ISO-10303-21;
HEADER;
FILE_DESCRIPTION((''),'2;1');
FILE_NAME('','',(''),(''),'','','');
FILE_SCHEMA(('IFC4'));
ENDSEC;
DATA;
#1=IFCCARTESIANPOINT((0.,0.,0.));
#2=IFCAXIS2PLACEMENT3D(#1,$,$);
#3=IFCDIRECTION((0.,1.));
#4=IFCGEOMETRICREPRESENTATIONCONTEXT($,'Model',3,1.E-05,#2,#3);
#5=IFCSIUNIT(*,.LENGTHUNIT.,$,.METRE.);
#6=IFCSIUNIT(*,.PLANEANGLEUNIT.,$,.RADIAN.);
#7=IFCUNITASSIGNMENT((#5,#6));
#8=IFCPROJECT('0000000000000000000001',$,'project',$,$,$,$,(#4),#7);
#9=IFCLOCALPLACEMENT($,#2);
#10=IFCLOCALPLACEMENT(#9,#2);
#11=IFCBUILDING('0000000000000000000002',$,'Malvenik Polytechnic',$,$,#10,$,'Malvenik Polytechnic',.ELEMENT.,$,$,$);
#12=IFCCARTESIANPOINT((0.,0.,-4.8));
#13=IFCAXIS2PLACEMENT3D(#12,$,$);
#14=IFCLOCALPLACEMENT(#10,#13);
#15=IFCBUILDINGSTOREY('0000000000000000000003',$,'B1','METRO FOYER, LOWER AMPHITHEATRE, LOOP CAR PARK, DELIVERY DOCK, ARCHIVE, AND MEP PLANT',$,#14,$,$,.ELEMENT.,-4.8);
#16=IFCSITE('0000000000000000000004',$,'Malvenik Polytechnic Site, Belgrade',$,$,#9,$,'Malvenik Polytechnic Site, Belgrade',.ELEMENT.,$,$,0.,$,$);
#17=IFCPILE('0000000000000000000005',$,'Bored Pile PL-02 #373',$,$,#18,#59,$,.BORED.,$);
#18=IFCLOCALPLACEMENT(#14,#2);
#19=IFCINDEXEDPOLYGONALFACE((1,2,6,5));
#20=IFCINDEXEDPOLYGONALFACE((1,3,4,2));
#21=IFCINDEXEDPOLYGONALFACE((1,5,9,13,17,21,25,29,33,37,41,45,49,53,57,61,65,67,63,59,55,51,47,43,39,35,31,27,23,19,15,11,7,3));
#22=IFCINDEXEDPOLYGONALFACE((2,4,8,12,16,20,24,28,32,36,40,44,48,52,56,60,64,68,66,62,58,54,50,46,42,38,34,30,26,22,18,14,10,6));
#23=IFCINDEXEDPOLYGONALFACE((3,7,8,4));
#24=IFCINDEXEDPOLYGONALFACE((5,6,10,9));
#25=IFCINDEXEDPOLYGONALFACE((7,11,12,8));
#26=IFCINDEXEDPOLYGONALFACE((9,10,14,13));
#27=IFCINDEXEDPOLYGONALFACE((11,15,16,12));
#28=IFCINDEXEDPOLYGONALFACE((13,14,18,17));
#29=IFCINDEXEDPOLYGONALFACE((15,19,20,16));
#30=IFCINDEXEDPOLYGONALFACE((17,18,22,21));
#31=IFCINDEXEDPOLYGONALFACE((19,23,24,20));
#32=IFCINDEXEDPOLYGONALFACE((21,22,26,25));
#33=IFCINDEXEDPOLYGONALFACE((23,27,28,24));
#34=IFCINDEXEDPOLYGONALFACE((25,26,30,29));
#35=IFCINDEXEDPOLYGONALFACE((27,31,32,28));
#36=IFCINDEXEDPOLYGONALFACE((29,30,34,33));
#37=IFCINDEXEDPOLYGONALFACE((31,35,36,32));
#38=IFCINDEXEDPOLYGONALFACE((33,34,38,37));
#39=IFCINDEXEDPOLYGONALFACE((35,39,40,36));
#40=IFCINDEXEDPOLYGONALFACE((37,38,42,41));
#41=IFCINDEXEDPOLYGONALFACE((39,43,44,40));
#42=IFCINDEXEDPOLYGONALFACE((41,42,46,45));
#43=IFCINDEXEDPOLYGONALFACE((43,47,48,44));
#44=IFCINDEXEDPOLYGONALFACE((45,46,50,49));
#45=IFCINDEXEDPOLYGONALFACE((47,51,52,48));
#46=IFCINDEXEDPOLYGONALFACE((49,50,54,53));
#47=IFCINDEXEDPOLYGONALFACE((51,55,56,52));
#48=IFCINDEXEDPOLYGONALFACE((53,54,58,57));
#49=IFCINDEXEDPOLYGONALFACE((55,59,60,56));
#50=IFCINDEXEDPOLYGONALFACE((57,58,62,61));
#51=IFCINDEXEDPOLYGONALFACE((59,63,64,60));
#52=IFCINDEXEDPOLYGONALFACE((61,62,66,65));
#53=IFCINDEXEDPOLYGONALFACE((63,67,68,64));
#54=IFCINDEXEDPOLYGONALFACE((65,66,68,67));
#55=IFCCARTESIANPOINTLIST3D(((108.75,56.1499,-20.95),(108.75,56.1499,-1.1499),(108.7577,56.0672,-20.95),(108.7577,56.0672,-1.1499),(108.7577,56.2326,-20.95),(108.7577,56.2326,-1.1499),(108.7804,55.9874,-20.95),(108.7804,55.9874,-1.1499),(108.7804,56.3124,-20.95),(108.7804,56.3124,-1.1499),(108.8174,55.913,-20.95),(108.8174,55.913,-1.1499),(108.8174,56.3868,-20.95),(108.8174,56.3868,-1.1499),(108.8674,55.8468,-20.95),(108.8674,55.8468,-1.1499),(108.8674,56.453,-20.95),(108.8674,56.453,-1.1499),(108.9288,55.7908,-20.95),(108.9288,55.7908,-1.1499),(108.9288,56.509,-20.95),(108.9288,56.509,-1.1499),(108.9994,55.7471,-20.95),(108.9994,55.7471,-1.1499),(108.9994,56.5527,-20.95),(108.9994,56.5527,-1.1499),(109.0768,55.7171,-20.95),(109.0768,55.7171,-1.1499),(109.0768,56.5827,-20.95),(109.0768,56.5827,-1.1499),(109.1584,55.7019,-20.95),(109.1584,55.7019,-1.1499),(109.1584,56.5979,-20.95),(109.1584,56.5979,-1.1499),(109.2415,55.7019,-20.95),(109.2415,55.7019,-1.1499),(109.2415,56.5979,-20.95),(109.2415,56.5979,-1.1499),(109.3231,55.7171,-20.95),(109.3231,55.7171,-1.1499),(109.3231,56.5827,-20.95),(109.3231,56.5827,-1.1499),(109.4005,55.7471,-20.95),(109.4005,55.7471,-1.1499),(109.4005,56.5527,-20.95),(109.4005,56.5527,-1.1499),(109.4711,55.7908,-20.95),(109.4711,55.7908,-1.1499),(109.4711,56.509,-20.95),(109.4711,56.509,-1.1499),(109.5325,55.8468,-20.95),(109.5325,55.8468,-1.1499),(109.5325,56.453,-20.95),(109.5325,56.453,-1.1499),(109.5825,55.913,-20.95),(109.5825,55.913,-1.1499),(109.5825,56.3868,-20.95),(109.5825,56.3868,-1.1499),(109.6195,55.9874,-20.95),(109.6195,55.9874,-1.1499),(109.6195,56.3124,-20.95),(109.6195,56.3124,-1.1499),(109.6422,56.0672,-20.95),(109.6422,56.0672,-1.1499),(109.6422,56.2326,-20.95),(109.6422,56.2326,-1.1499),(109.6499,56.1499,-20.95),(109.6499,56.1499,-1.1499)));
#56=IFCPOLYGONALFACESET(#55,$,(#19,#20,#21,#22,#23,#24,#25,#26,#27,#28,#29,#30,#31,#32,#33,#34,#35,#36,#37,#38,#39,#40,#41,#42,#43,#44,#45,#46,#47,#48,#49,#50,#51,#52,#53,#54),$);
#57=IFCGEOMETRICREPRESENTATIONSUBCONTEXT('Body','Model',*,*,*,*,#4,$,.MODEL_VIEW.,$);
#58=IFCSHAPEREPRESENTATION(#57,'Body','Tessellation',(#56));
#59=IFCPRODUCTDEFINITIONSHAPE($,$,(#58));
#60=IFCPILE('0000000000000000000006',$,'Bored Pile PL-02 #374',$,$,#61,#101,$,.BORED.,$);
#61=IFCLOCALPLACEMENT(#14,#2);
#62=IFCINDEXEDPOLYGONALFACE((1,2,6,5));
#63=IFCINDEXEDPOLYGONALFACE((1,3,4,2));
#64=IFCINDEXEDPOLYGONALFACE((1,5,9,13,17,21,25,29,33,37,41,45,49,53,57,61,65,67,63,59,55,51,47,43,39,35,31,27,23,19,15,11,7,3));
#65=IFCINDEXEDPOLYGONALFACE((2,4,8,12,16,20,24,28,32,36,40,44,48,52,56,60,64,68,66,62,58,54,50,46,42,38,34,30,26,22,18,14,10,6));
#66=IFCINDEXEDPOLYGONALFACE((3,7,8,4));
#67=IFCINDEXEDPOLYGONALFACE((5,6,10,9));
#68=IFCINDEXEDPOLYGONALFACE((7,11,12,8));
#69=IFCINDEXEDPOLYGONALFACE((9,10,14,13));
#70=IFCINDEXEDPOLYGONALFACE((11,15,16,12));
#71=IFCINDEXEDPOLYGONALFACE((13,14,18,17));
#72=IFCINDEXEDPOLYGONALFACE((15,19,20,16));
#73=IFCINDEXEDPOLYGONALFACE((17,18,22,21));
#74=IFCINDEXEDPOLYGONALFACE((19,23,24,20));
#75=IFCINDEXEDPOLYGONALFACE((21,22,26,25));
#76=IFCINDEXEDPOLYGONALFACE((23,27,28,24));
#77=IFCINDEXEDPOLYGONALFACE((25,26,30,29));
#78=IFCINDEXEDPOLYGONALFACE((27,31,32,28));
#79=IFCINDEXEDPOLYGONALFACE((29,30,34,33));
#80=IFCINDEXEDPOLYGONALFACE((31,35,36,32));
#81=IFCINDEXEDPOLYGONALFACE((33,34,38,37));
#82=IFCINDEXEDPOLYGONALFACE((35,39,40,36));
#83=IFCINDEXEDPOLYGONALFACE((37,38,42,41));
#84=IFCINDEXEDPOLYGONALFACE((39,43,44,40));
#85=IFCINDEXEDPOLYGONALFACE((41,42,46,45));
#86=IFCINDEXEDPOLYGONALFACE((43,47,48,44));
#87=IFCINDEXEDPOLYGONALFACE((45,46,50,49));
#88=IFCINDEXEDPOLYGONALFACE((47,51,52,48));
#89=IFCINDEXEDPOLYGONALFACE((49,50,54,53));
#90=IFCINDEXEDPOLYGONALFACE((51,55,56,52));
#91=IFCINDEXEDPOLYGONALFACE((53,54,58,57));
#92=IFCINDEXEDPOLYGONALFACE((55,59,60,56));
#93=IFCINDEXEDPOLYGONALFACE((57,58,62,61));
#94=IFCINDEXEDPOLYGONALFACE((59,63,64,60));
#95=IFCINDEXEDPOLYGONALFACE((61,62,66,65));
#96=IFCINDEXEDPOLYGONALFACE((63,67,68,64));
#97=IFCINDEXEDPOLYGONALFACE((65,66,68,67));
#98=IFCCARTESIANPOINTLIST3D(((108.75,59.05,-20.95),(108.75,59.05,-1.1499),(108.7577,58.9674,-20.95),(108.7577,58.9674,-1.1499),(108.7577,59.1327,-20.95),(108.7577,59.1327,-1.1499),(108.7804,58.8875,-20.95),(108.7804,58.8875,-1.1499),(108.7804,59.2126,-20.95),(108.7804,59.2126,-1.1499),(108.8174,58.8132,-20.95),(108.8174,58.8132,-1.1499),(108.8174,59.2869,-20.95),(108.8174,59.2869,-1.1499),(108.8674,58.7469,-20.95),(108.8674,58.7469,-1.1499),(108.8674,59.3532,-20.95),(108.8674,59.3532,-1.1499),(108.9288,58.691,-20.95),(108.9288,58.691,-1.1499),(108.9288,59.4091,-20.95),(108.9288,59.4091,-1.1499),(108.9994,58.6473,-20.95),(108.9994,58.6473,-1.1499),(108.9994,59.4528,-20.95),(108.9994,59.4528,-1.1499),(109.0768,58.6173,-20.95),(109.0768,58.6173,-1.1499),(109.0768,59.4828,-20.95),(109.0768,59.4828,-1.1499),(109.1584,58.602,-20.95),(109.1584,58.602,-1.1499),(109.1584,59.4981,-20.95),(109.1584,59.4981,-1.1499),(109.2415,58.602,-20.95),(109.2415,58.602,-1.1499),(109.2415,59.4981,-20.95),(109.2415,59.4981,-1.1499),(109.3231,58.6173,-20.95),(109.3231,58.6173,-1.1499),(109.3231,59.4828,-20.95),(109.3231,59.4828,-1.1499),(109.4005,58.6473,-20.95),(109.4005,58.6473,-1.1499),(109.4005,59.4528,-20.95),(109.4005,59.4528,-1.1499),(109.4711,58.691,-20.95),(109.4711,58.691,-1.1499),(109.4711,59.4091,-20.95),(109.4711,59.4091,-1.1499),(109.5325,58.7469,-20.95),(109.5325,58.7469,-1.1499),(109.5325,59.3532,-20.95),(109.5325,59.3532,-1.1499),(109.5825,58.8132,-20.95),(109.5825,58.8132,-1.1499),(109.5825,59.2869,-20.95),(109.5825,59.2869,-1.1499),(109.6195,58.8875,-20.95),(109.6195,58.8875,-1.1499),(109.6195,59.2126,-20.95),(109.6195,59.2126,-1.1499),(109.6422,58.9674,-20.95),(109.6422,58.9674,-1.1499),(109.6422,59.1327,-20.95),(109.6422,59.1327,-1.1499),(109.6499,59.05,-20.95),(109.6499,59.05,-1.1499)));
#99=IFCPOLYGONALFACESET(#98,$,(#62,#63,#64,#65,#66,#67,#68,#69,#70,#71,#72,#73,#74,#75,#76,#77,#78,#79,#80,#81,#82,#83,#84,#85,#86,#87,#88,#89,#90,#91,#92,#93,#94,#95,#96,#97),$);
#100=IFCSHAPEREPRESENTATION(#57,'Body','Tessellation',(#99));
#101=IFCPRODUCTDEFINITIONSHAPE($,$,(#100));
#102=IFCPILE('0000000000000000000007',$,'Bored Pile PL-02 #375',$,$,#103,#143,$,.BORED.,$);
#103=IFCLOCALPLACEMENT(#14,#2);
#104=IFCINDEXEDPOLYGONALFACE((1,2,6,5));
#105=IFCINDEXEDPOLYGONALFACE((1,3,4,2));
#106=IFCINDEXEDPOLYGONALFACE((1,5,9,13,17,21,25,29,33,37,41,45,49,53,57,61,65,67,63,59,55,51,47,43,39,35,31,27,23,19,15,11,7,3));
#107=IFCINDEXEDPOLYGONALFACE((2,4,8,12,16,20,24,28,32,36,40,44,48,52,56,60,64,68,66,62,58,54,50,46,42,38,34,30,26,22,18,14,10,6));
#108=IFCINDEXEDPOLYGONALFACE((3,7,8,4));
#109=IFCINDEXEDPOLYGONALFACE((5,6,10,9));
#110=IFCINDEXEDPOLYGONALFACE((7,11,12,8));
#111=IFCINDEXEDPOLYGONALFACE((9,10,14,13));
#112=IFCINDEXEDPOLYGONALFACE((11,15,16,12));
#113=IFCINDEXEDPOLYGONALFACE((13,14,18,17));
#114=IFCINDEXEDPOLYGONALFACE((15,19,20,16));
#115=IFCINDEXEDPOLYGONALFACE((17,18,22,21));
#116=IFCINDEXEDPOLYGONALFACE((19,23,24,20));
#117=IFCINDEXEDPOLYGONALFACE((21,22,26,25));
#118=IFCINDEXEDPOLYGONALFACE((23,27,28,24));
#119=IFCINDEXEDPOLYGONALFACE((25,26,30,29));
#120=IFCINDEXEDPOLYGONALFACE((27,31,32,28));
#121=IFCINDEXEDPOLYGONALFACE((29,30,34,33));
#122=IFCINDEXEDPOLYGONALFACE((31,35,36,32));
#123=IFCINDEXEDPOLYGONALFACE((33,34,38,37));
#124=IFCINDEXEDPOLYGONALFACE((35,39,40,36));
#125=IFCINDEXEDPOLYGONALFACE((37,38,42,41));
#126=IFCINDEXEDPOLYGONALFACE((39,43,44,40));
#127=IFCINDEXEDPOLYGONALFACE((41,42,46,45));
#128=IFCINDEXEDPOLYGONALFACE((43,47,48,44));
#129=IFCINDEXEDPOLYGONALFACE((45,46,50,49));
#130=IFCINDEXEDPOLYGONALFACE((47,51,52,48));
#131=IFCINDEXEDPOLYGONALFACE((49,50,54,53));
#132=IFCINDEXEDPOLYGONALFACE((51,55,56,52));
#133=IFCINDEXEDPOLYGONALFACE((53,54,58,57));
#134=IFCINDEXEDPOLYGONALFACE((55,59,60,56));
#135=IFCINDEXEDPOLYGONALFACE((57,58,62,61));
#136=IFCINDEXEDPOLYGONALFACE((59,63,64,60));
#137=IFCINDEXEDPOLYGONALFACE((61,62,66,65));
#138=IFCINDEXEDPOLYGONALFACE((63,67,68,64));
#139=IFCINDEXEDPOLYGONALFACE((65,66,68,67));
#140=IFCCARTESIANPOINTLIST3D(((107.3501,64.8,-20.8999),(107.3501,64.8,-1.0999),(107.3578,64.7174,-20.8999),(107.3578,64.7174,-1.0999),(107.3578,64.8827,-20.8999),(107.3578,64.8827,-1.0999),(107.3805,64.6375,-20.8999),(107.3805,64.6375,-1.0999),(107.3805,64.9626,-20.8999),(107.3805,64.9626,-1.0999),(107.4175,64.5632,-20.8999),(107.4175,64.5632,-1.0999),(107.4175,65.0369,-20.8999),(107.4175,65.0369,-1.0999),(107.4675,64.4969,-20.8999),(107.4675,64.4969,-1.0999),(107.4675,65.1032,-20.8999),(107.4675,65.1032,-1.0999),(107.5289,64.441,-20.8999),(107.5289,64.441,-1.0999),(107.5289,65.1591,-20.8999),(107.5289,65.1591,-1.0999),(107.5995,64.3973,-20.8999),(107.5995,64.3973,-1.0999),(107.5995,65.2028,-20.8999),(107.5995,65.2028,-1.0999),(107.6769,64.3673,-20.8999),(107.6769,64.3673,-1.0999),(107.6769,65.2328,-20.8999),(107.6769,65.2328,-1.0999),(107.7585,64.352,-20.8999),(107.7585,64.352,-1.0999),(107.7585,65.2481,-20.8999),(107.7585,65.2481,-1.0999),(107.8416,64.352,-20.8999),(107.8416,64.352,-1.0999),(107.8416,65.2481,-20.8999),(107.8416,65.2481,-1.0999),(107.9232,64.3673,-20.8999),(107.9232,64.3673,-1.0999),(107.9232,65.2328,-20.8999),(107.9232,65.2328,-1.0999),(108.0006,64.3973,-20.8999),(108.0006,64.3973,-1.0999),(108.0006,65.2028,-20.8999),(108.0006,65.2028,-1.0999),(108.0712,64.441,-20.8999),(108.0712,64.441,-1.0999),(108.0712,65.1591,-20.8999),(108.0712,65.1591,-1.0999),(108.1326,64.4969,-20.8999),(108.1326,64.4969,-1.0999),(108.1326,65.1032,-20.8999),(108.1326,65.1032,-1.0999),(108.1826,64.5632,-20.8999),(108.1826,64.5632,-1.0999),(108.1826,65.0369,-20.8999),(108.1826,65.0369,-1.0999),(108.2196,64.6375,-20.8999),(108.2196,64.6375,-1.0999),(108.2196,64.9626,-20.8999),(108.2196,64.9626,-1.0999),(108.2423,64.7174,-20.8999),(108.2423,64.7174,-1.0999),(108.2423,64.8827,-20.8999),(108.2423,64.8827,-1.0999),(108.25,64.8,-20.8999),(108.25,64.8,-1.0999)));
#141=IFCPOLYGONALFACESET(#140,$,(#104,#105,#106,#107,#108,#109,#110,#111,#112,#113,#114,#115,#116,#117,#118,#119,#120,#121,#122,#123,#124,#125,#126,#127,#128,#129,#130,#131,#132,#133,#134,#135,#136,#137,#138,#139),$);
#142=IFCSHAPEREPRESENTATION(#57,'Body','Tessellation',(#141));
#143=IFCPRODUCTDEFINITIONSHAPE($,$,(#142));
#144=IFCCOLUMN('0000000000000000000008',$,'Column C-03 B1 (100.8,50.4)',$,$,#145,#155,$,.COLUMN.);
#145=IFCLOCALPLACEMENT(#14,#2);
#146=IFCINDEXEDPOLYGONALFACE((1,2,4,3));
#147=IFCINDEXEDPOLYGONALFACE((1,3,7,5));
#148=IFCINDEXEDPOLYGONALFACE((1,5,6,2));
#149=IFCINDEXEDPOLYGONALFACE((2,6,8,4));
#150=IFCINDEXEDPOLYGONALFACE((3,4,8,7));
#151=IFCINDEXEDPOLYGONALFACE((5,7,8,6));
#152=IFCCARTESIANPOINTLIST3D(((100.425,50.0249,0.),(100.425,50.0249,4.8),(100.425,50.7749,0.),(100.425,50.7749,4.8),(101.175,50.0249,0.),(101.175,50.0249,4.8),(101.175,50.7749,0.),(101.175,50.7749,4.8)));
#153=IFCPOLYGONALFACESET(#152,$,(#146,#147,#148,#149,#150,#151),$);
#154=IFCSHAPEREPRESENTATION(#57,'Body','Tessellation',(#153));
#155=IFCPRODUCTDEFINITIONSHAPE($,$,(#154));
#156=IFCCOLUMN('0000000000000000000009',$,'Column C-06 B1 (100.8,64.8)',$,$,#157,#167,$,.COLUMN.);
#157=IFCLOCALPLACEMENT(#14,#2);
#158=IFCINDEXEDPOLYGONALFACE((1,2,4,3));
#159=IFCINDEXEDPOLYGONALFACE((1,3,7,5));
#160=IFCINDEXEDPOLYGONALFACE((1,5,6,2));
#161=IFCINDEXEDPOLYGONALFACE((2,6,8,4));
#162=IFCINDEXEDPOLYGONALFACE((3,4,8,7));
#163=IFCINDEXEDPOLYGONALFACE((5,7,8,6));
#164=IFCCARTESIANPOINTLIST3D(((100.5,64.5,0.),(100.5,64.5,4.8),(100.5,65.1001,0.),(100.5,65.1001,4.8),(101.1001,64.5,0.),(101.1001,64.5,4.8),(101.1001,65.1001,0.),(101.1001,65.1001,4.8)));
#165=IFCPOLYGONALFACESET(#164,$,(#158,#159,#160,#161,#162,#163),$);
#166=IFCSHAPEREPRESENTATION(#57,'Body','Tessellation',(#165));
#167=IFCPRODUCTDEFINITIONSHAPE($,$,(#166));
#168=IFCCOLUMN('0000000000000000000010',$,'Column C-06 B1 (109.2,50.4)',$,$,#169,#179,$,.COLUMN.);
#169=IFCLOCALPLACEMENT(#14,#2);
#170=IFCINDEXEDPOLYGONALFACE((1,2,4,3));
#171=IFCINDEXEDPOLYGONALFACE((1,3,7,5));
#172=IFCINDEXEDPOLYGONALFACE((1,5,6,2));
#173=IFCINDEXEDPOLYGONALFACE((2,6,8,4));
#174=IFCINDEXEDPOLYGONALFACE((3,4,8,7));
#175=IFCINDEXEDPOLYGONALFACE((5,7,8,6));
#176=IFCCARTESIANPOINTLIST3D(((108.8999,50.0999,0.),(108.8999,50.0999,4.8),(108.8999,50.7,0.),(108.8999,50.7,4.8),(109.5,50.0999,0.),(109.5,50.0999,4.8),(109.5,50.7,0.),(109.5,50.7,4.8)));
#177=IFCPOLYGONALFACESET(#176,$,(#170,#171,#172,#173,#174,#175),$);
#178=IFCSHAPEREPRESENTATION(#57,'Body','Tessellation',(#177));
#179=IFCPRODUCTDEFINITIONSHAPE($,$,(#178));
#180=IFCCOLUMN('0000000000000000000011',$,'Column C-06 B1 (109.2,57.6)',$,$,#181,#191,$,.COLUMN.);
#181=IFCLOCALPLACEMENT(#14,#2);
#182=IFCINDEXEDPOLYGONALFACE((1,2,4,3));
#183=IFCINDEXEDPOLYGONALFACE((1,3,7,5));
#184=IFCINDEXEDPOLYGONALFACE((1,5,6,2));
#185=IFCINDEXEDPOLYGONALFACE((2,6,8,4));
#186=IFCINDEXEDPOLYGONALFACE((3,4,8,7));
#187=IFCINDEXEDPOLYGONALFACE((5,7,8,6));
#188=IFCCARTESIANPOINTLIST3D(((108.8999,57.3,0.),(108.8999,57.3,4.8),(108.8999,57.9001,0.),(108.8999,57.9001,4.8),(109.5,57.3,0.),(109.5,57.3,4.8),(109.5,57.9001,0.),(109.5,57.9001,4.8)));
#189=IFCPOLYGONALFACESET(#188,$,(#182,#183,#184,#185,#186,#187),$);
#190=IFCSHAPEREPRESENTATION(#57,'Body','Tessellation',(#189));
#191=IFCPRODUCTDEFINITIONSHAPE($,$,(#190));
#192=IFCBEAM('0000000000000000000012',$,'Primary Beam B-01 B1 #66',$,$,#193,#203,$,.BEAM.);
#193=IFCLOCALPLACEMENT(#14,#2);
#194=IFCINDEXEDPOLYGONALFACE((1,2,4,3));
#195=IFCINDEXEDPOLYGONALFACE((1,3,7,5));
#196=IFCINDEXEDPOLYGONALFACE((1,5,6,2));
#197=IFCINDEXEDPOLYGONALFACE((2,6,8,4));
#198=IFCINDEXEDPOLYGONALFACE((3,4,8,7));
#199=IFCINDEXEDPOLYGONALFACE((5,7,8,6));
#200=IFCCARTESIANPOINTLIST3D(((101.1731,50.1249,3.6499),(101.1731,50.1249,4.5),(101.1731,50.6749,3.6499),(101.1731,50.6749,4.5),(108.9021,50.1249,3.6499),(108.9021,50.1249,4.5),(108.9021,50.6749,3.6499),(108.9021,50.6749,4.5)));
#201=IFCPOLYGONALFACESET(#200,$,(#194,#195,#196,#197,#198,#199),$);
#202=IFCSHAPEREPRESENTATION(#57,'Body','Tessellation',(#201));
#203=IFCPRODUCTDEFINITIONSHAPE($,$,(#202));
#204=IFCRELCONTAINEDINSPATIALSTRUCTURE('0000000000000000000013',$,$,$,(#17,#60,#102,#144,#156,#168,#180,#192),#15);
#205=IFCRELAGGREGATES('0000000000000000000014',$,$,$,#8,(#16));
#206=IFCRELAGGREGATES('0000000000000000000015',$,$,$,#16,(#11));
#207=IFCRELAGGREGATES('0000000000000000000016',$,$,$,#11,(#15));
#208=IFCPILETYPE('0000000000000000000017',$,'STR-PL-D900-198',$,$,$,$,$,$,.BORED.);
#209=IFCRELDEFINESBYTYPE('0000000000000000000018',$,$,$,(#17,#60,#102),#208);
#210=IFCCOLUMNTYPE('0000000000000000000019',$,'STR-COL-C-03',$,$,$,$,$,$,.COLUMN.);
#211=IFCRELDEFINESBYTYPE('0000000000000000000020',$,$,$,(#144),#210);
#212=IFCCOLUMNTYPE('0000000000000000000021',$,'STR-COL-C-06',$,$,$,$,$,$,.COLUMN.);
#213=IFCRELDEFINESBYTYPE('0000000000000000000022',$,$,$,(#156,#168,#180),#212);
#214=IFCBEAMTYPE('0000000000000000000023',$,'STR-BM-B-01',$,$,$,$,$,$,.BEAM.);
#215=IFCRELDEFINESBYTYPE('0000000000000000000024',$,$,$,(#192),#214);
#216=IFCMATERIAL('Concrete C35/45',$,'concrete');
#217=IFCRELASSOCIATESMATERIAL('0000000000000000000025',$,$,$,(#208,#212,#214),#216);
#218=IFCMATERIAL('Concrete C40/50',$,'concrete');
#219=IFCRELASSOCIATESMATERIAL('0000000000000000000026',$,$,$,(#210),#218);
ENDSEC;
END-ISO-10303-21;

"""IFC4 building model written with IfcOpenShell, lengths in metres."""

from ifc_helpers import new_model, si_unit, direction, frame, origin, origin_2d, place, context, subcontext, project, spatial, rectangle, circle, extrude, material, material_profile, profile_set, type_object, element, save


model = new_model("IFC4")

# Units and contexts
model_context = context("Model", 3, precision=1e-05, world=origin(), true_north=direction((0.0, 1.0)))
body_context = subcontext(model_context, "Body", "Model", "MODEL_VIEW")
ifc_project = project(units=[si_unit("LENGTHUNIT", "METRE"), si_unit("PLANEANGLEUNIT", "RADIAN")], contexts=[model_context])

# Site, building, storey
site_placement = place(None, origin())
site = spatial("IfcSite", under=ifc_project, at=site_placement, Name="Malvenik Polytechnic Site, Belgrade", LongName="Malvenik Polytechnic Site, Belgrade", CompositionType="ELEMENT", RefElevation=0.0)
building_placement = place(site_placement, origin())
building = spatial("IfcBuilding", under=site, at=building_placement, Name="Malvenik Polytechnic", LongName="Malvenik Polytechnic", CompositionType="ELEMENT")
storey_placement = place(building_placement, frame((0.0, 0.0, -4.8)))
storey = spatial("IfcBuildingStorey", under=building, at=storey_placement, Name="B1", Description="METRO FOYER, LOWER AMPHITHEATRE, LOOP CAR PARK, DELIVERY DOCK, ARCHIVE, AND MEP PLANT", CompositionType="ELEMENT", Elevation=-4.8)

# Shared definitions
ifc_material_1 = material(Name="Concrete C35/45", Category="concrete")

# Piles
ifc_material_profile_1 = material_profile(ifc_material_1, circle(Radius=0.45, at=origin_2d()), Name="BORED PILE D900")
ifc_profile_set_1 = profile_set([ifc_material_profile_1], Name="Concrete C35/45")
pile_type = type_object("IfcPileType", Name="STR-PL-D900-198", PredefinedType="BORED", material=ifc_profile_set_1)
for number, where, z_axis, x_axis, name in (
    (1, (109.2, 56.1499, -1.1499), (0.0, 0.0, -1.0), (1.0, 0.0, 0.0), "Bored Pile PL-02 #373"),
    (2, (109.2, 59.05, -1.1499), (0.0, 0.0, -1.0), (1.0, 0.0, 0.0), "Bored Pile PL-02 #374"),
    (3, (107.8, 64.8, -1.0999), (0.0, 0.0, -1.0), (1.0, 0.0, 0.0), "Bored Pile PL-02 #375"),
):
    element("IfcPile", number, at=place(storey_placement, frame(where, z_axis=z_axis, x_axis=x_axis)), inside=storey, type_object=pile_type, Name=name, PredefinedType="BORED", context=body_context, shape_type="SweptSolid", body=[
        extrude(circle(Radius=0.45, at=origin_2d()), origin(), (0.0, 0.0, 1.0), 19.8),
    ])

# Columns
ifc_material_2 = material(Name="Concrete C40/50", Category="concrete")
ifc_material_profile_2 = material_profile(ifc_material_2, rectangle(XDim=0.75, YDim=0.75, at=origin_2d()), Name="RC COL 750x750")
ifc_profile_set_2 = profile_set([ifc_material_profile_2], Name="Concrete C40/50")
column_type_1 = type_object("IfcColumnType", Name="STR-COL-C-03", PredefinedType="COLUMN", material=ifc_profile_set_2)
column_placement = place(storey_placement, frame((100.8, 50.3999, 0.0), z_axis=(0.0, 0.0, 1.0), x_axis=(1.0, 0.0, 0.0)))
element("IfcColumn", 4, at=column_placement, inside=storey, type_object=column_type_1, Name="Column C-03 B1 (100.8,50.4)", PredefinedType="COLUMN", context=body_context, shape_type="SweptSolid", body=[
    extrude(rectangle(XDim=0.75, YDim=0.75, at=origin_2d()), origin(), (0.0, 0.0, 1.0), 4.8),
])
ifc_material_profile_3 = material_profile(ifc_material_1, rectangle(XDim=0.6001, YDim=0.6001, at=origin_2d()), Name="RC COL 600x600")
ifc_profile_set_3 = profile_set([ifc_material_profile_3], Name="Concrete C35/45")
column_type_2 = type_object("IfcColumnType", Name="STR-COL-C-06", PredefinedType="COLUMN", material=ifc_profile_set_3)
for number, where, z_axis, x_axis, name in (
    (5, (100.8, 64.8, 0.0), (0.0, 0.0, 1.0), (1.0, 0.0, 0.0), "Column C-06 B1 (100.8,64.8)"),
    (6, (109.2, 50.3999, 0.0), (0.0, 0.0, 1.0), (1.0, 0.0, 0.0), "Column C-06 B1 (109.2,50.4)"),
    (7, (109.2, 57.6001, 0.0), (0.0, 0.0, 1.0), (1.0, 0.0, 0.0), "Column C-06 B1 (109.2,57.6)"),
):
    element("IfcColumn", number, at=place(storey_placement, frame(where, z_axis=z_axis, x_axis=x_axis)), inside=storey, type_object=column_type_2, Name=name, PredefinedType="COLUMN", context=body_context, shape_type="SweptSolid", body=[
        extrude(rectangle(XDim=0.6001, YDim=0.6001, at=origin_2d()), origin(), (0.0, 0.0, 1.0), 4.8),
    ])

# Beam
ifc_material_profile_4 = material_profile(ifc_material_1, rectangle(XDim=0.55, YDim=0.8501, at=origin_2d()), Name="RC BM 550x850")
ifc_profile_set_4 = profile_set([ifc_material_profile_4], Name="Concrete C35/45")
beam_type_1 = type_object("IfcBeamType", Name="STR-BM-B-01", PredefinedType="BEAM", material=ifc_profile_set_4)
beam_1_placement = place(storey_placement, frame((101.1731, 50.3999, 4.075), z_axis=(1.0, 0.0, 0.0), x_axis=(0.0, 1.0, 0.0)))
element("IfcBeam", 8, at=beam_1_placement, inside=storey, type_object=beam_type_1, Name="Primary Beam B-01 B1 #66", PredefinedType="BEAM", context=body_context, shape_type="SweptSolid", body=[
    extrude(rectangle(XDim=0.55, YDim=0.8501, at=origin_2d()), origin(), (0.0, 0.0, 1.0), 7.729),
])

save(model, "model.ifc")
